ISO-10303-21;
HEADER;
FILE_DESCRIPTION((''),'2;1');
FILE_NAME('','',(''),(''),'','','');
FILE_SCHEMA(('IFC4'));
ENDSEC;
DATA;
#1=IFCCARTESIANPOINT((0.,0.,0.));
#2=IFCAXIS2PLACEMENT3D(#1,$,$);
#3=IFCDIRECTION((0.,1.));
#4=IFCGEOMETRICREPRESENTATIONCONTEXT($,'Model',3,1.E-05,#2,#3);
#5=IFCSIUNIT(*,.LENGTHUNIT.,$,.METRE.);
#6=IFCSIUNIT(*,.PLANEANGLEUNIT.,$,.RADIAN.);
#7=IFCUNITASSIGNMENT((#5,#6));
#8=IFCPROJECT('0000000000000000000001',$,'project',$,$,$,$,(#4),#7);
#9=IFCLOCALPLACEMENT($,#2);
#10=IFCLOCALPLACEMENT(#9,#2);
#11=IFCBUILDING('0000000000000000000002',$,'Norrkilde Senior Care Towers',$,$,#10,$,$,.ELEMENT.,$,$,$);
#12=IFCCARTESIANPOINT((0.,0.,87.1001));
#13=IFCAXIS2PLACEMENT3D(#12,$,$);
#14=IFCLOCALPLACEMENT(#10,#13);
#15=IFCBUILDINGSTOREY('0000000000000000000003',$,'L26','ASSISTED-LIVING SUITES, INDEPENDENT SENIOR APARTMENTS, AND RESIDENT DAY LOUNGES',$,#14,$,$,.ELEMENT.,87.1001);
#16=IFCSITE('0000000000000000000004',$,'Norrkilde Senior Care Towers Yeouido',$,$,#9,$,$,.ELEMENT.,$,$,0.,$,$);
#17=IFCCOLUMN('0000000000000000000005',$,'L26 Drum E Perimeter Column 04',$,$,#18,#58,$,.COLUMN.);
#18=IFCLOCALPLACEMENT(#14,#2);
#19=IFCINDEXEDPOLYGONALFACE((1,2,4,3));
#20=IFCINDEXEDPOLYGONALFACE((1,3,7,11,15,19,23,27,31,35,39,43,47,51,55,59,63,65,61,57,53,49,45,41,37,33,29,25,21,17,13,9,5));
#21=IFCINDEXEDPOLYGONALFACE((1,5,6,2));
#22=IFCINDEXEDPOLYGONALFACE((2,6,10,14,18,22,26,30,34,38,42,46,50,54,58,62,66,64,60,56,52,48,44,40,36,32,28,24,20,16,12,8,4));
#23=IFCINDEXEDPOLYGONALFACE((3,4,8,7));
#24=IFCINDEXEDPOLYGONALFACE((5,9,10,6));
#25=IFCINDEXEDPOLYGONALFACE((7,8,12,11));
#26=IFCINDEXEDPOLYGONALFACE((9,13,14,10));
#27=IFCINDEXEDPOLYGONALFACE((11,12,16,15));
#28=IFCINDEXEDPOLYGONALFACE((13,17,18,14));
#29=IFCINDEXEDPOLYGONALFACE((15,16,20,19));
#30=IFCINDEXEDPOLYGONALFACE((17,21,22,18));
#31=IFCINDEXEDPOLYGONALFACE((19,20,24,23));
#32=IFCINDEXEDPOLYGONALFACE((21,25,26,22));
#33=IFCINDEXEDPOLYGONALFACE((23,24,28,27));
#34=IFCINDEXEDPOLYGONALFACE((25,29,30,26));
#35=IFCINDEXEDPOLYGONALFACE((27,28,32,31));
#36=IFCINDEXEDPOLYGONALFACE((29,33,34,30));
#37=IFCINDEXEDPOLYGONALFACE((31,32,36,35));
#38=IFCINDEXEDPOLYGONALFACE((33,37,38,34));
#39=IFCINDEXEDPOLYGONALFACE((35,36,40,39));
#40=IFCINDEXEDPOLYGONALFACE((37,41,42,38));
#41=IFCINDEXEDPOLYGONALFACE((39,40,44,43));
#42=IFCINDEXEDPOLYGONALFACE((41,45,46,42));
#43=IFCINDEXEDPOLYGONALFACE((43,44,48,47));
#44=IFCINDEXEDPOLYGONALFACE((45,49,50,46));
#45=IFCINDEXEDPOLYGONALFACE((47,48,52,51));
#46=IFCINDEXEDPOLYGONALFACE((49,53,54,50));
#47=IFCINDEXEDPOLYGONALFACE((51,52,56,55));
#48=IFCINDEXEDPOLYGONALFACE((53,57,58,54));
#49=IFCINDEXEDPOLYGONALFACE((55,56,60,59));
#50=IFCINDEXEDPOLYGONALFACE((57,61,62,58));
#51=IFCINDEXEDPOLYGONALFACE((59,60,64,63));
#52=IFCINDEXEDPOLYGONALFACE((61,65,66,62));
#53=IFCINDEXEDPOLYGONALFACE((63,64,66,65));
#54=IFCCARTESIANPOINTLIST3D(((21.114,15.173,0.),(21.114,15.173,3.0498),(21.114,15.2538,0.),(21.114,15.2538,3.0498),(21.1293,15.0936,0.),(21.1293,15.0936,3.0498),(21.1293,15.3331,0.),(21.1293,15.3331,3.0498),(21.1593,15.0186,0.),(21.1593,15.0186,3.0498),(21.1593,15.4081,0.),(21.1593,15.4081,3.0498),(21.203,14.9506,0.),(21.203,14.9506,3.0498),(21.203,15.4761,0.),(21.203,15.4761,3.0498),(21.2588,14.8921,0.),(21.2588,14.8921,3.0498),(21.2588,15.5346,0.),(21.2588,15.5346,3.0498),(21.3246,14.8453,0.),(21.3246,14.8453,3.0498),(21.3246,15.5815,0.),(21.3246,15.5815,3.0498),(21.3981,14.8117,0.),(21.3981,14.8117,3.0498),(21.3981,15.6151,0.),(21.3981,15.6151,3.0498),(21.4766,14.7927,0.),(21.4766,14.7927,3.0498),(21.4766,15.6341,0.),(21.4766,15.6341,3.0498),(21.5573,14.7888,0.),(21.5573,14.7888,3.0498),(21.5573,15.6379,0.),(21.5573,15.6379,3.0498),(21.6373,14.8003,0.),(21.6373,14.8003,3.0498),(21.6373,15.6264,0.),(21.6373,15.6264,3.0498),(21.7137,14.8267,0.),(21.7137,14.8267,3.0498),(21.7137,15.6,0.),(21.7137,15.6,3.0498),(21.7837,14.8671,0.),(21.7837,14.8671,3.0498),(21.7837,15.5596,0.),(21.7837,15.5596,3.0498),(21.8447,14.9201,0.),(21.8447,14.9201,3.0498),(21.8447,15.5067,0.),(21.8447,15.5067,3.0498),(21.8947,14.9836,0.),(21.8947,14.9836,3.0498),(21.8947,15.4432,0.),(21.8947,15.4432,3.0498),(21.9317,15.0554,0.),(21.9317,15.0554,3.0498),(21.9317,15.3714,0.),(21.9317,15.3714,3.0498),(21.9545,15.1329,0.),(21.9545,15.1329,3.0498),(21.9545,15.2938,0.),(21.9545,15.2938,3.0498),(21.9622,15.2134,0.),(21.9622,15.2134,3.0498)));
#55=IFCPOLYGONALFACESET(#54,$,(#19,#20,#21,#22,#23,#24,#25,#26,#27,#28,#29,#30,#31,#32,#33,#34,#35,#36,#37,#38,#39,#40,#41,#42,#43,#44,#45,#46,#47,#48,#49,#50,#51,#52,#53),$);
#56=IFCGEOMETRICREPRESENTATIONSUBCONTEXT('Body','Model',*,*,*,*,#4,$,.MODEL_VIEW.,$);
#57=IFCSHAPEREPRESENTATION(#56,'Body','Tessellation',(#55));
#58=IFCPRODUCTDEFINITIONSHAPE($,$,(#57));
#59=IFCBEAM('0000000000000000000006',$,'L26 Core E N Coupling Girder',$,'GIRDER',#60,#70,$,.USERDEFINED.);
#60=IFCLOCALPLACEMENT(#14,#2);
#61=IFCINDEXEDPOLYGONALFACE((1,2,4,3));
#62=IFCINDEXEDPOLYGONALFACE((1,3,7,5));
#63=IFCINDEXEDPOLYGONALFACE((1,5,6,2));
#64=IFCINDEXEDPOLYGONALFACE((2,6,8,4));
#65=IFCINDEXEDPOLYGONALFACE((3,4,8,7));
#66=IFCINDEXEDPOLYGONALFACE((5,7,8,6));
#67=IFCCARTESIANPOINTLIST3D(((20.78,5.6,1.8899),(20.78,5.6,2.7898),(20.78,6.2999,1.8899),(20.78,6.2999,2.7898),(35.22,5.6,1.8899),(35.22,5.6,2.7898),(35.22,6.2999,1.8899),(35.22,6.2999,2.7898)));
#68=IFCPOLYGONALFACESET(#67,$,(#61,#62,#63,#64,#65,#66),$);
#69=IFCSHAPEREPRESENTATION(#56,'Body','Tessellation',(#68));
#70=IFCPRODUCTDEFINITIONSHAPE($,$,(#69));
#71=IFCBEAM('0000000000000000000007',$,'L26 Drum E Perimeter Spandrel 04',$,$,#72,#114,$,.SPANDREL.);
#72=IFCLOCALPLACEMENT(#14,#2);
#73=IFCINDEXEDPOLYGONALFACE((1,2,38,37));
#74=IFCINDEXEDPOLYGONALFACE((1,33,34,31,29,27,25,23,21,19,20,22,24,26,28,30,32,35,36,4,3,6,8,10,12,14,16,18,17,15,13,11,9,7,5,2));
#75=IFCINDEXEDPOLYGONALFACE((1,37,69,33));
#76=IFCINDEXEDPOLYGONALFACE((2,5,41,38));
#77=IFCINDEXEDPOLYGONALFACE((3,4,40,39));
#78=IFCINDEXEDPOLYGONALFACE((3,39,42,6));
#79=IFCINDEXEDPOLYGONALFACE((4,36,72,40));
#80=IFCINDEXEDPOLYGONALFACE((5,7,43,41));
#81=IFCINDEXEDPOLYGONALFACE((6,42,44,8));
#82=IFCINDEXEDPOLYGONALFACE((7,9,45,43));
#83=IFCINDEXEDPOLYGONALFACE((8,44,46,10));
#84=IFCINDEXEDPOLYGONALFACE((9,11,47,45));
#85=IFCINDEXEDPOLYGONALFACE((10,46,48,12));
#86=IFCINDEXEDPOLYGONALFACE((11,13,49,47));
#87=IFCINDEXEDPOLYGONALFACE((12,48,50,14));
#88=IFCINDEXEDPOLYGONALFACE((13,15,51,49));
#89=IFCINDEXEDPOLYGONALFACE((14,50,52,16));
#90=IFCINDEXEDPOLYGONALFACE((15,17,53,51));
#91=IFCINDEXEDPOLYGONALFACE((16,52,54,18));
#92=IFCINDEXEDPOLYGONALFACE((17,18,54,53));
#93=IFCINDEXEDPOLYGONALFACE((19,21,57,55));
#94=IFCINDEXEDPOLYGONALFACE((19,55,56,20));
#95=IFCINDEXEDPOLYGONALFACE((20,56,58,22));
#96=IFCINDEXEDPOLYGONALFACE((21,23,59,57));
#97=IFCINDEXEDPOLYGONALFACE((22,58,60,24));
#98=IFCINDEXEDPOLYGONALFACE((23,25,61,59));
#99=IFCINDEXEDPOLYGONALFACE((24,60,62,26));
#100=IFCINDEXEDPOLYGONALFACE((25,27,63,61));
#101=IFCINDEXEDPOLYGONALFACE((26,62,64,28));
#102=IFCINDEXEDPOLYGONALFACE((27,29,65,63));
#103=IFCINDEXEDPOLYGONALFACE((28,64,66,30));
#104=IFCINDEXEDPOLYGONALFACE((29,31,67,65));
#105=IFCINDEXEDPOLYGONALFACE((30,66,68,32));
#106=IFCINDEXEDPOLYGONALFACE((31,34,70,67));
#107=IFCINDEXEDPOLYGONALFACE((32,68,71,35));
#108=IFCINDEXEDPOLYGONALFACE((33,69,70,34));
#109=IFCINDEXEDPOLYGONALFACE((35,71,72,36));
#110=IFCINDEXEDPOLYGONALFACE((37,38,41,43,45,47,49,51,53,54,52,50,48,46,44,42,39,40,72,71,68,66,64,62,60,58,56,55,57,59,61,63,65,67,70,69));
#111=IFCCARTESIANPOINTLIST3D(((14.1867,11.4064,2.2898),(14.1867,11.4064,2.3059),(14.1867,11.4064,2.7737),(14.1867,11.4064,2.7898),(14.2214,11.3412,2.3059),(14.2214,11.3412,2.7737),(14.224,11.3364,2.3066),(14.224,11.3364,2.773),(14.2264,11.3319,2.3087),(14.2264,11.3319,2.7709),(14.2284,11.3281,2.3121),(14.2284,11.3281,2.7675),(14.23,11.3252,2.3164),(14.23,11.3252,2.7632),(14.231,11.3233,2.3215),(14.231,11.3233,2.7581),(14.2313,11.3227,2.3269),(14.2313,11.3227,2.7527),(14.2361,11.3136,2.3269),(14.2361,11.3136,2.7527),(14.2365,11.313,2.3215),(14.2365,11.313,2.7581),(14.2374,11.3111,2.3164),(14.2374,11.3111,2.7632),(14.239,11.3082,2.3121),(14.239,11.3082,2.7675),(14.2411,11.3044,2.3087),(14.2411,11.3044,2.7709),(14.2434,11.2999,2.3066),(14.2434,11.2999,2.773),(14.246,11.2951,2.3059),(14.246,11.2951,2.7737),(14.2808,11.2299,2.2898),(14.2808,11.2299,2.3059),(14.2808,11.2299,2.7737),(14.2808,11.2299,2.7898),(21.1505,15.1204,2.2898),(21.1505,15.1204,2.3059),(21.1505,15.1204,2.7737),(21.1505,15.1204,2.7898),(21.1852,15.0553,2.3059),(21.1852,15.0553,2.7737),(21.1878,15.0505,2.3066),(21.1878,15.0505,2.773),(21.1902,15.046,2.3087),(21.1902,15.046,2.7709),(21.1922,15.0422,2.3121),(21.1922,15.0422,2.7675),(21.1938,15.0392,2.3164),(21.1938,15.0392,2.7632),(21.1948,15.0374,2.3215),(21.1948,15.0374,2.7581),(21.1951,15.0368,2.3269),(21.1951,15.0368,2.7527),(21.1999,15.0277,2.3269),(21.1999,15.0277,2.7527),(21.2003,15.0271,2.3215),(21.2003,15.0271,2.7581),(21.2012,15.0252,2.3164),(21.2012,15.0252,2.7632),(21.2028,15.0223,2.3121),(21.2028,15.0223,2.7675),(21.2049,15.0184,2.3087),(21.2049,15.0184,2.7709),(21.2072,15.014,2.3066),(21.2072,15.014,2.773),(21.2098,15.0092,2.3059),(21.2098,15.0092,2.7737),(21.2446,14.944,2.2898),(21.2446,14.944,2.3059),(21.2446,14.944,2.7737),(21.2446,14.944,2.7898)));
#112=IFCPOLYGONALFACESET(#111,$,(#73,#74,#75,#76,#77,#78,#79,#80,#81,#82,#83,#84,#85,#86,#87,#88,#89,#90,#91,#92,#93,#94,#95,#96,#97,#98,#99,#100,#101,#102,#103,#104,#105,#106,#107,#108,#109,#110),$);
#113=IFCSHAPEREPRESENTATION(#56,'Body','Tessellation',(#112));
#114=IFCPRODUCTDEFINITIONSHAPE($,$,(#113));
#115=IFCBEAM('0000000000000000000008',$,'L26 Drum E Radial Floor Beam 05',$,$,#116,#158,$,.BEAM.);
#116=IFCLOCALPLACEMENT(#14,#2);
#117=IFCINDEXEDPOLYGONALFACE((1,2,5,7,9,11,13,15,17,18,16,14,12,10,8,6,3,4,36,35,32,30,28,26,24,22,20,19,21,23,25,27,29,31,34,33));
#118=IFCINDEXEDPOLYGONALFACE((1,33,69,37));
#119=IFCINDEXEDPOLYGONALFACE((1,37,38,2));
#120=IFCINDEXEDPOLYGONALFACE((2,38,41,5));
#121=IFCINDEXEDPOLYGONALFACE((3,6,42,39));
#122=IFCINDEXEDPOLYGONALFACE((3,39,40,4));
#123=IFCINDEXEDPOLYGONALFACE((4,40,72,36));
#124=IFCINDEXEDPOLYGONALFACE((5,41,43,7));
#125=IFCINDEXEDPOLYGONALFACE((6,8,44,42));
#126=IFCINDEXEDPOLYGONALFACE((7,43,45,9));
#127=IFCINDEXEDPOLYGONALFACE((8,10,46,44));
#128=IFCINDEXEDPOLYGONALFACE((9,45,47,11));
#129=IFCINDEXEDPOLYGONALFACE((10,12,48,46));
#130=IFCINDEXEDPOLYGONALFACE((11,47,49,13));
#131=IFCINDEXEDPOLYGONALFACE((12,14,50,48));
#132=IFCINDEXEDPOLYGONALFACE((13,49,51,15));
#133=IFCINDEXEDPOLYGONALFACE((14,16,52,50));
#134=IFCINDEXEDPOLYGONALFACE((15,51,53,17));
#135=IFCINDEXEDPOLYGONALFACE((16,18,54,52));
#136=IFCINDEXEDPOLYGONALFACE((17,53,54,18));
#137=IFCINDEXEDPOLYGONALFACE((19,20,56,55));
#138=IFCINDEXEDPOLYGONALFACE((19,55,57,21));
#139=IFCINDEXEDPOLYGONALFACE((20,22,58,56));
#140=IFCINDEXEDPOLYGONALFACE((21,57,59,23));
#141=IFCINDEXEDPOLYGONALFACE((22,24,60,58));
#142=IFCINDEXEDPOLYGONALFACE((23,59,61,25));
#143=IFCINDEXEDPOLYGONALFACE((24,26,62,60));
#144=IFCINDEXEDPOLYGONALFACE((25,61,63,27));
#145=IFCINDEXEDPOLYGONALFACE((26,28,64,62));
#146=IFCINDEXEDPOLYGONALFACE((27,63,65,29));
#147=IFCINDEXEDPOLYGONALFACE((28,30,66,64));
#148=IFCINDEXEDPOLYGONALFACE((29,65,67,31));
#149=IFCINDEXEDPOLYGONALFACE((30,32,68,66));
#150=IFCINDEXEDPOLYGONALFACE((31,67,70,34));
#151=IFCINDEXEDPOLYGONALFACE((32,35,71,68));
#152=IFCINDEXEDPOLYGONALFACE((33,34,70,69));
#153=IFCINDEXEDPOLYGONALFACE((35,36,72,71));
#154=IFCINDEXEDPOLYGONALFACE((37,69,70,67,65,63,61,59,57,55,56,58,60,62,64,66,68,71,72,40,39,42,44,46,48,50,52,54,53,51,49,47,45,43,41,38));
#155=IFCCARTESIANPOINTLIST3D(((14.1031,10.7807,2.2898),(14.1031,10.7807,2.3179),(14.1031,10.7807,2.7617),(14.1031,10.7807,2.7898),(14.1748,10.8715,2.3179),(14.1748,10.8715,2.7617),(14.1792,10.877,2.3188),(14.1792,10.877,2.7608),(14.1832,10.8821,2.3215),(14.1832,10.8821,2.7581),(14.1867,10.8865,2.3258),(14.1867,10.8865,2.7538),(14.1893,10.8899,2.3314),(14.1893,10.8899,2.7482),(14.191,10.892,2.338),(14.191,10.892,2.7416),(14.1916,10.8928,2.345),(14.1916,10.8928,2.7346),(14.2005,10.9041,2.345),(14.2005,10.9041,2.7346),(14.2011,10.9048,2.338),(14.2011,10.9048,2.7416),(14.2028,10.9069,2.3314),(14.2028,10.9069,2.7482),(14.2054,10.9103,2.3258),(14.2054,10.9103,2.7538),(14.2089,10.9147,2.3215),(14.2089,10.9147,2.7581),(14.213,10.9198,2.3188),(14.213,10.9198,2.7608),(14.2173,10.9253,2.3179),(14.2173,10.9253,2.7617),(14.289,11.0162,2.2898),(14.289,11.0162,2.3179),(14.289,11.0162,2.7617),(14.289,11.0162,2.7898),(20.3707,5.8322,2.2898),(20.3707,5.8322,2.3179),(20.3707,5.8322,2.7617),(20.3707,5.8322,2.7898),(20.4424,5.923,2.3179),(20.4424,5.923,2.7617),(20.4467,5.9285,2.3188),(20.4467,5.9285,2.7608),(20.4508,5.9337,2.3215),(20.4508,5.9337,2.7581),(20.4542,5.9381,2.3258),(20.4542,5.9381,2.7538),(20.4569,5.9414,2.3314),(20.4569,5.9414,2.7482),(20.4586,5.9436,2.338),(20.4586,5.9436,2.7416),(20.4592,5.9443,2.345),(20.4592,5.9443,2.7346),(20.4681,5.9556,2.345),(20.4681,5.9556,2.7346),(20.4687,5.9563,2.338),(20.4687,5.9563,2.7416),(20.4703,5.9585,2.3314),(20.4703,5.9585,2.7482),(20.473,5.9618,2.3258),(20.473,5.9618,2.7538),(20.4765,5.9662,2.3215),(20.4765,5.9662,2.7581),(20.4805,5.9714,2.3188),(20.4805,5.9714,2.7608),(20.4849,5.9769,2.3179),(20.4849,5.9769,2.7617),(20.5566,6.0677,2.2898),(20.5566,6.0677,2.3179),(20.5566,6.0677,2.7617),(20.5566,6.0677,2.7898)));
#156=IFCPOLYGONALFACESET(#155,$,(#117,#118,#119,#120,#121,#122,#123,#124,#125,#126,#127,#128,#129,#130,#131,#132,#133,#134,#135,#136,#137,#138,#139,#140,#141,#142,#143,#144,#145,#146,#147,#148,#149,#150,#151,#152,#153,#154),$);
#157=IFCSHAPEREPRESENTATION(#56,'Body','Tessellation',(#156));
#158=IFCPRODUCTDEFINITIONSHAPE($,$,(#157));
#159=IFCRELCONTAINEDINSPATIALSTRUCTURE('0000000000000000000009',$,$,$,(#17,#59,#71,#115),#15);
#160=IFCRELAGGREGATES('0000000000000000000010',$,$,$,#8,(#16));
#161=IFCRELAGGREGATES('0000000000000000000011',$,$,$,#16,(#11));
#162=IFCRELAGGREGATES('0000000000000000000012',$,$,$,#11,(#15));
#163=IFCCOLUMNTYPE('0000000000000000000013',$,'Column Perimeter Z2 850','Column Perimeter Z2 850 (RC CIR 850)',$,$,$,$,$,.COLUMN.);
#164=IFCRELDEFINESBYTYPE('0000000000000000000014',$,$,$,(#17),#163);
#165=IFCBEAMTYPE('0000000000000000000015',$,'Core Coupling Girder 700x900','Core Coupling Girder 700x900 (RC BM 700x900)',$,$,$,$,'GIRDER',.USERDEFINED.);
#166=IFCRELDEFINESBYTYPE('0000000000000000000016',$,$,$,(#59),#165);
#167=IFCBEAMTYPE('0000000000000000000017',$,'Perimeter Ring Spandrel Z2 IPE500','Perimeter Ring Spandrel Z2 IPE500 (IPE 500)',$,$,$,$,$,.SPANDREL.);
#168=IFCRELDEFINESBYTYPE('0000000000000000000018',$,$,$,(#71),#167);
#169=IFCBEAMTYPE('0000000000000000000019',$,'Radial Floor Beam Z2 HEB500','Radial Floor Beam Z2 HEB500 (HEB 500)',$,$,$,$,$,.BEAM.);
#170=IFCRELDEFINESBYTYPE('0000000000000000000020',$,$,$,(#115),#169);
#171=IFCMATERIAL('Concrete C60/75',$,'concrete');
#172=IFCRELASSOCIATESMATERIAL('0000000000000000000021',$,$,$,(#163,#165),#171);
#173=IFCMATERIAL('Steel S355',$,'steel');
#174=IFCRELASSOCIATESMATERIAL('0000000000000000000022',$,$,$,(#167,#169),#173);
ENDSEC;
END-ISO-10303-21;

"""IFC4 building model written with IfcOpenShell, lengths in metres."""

from ifc_helpers import new_model, si_unit, direction, frame, origin, origin_2d, place, context, subcontext, project, spatial, rectangle, circle, i_section, extrude, source, transform, mapped, material, material_profile, profile_set, type_object, type_shapes, element, save


model = new_model("IFC4")

# Units and contexts
model_context = context("Model", 3, precision=1e-05, world=origin(), true_north=direction((0.0, 1.0)))
body_context = subcontext(model_context, "Body", "Model", "MODEL_VIEW")
ifc_project = project(units=[si_unit("LENGTHUNIT", "METRE"), si_unit("PLANEANGLEUNIT", "RADIAN")], contexts=[model_context])

# Site, building, storey
site_placement = place(None, origin())
site = spatial("IfcSite", under=ifc_project, at=site_placement, Name="Norrkilde Senior Care Towers Yeouido", CompositionType="ELEMENT", RefElevation=0.0)
building_placement = place(site_placement, origin())
building = spatial("IfcBuilding", under=site, at=building_placement, Name="Norrkilde Senior Care Towers", CompositionType="ELEMENT")
storey_placement = place(building_placement, frame((0.0, 0.0, 87.1001)))
storey = spatial("IfcBuildingStorey", under=building, at=storey_placement, Name="L26", Description="ASSISTED-LIVING SUITES, INDEPENDENT SENIOR APARTMENTS, AND RESIDENT DAY LOUNGES", CompositionType="ELEMENT", Elevation=87.1001)

# Column
ifc_material_1 = material(Name="Concrete C60/75", Category="concrete")
ifc_material_profile_1 = material_profile(ifc_material_1, circle(Radius=0.425, at=origin_2d()), Name="RC CIR 850")
ifc_profile_set_1 = profile_set([ifc_material_profile_1], Name="Concrete C60/75")
column_type = type_object("IfcColumnType", Name="Column Perimeter Z2 850", Description="Column Perimeter Z2 850 (RC CIR 850)", PredefinedType="COLUMN", material=ifc_profile_set_1)
shared_shape_1 = source(origin(), body_context, "Body", "SweptSolid", [
    extrude(circle(Radius=0.425, at=origin_2d()), origin(), (0.0, 0.0, 1.0), 3.0498),
])
type_shapes(column_type, [shared_shape_1])
column_placement = place(storey_placement, frame((21.5371, 15.2134, 0.0), z_axis=(0.0, 0.0, 1.0), x_axis=(1.0, 0.0, 0.0)))
element("IfcColumn", 1, at=column_placement, inside=storey, type_object=column_type, Name="L26 Drum E Perimeter Column 04", PredefinedType="COLUMN", context=body_context, shape_type="MappedRepresentation", body=[
    mapped(shared_shape_1, transform((0.0, 0.0, 0.0), x_axis=(1.0, 0.0, 0.0), y_axis=(0.0, 1.0, 0.0), z_axis=(0.0, 0.0, 1.0), scale=1.0)),
])

# Beams
ifc_material_profile_2 = material_profile(ifc_material_1, rectangle(XDim=0.7, YDim=0.8999, at=origin_2d()), Name="RC BM 700x900")
ifc_profile_set_2 = profile_set([ifc_material_profile_2], Name="Concrete C60/75")
beam_type_1 = type_object("IfcBeamType", Name="Core Coupling Girder 700x900", Description="Core Coupling Girder 700x900 (RC BM 700x900)", ElementType="GIRDER", PredefinedType="USERDEFINED", material=ifc_profile_set_2)
shared_shape_2 = source(origin(), body_context, "Body", "SweptSolid", [
    extrude(rectangle(XDim=0.7, YDim=0.8999, at=origin_2d()), origin(), (0.0, 0.0, 1.0), 14.4399),
])
type_shapes(beam_type_1, [shared_shape_2])
beam_1_placement = place(storey_placement, frame((20.78, 5.95, 2.3398), z_axis=(1.0, 0.0, 0.0), x_axis=(0.0, 1.0, 0.0)))
element("IfcBeam", 2, at=beam_1_placement, inside=storey, type_object=beam_type_1, Name="L26 Core E N Coupling Girder", ObjectType="GIRDER", PredefinedType="USERDEFINED", context=body_context, shape_type="MappedRepresentation", body=[
    mapped(shared_shape_2, transform((0.0, 0.0, 0.0), x_axis=(1.0, 0.0, 0.0), y_axis=(0.0, 1.0, 0.0), z_axis=(0.0, 0.0, 1.0), scale=1.0)),
])
ifc_material_2 = material(Name="Steel S355", Category="steel")
ifc_material_profile_3 = material_profile(ifc_material_2, i_section(OverallWidth=0.2, OverallDepth=0.5, WebThickness=0.0103, FlangeThickness=0.0161, FilletRadius=0.021, at=origin_2d()), Name="IPE 500")
ifc_profile_set_3 = profile_set([ifc_material_profile_3], Name="Steel S355")
beam_type_2 = type_object("IfcBeamType", Name="Perimeter Ring Spandrel Z2 IPE500", Description="Perimeter Ring Spandrel Z2 IPE500 (IPE 500)", PredefinedType="SPANDREL", material=ifc_profile_set_3)
shared_shape_3 = source(origin(), body_context, "Body", "SweptSolid", [
    extrude(i_section(OverallWidth=0.2, OverallDepth=0.5, WebThickness=0.0103, FlangeThickness=0.0161, FilletRadius=0.021, at=origin_2d()), origin(), (0.0, 0.0, 1.0), 7.8923),
])
type_shapes(beam_type_2, [shared_shape_3])
beam_2_placement = place(storey_placement, frame((21.1975, 15.0322, 2.5398), z_axis=(-0.88235, -0.470593, 0.0), x_axis=(0.470593, -0.88235, 0.0)))
element("IfcBeam", 3, at=beam_2_placement, inside=storey, type_object=beam_type_2, Name="L26 Drum E Perimeter Spandrel 04", PredefinedType="SPANDREL", context=body_context, shape_type="MappedRepresentation", body=[
    mapped(shared_shape_3, transform((0.0, 0.0, 0.0), x_axis=(1.0, 0.0, 0.0), y_axis=(0.0, 1.0, 0.0), z_axis=(0.0, 0.0, 1.0), scale=1.0)),
])
ifc_material_profile_4 = material_profile(ifc_material_2, i_section(OverallWidth=0.3, OverallDepth=0.5, WebThickness=0.0144, FlangeThickness=0.0281, FilletRadius=0.0271, at=origin_2d()), Name="HEB 500")
ifc_profile_set_4 = profile_set([ifc_material_profile_4], Name="Steel S355")
beam_type_3 = type_object("IfcBeamType", Name="Radial Floor Beam Z2 HEB500", Description="Radial Floor Beam Z2 HEB500 (HEB 500)", PredefinedType="BEAM", material=ifc_profile_set_4)
shared_shape_4 = source(origin(), body_context, "Body", "SweptSolid", [
    extrude(i_section(OverallWidth=0.3, OverallDepth=0.5, WebThickness=0.0144, FlangeThickness=0.0281, FilletRadius=0.0271, at=origin_2d()), origin(), (0.0, 0.0, 1.0), 7.9856),
])
beam_3_placement = place(storey_placement, frame((20.4636, 5.95, 2.5398), z_axis=(-0.784859, 0.619675, 0.0), x_axis=(-0.619675, -0.784859, 0.0)))
element("IfcBeam", 4, at=beam_3_placement, inside=storey, type_object=beam_type_3, Name="L26 Drum E Radial Floor Beam 05", PredefinedType="BEAM", context=body_context, shape_type="MappedRepresentation", body=[
    mapped(shared_shape_4, transform((0.0, 0.0, 0.0), x_axis=(1.0, 0.0, 0.0), y_axis=(0.0, 1.0, 0.0), z_axis=(0.0, 0.0, 1.0), scale=1.0)),
])

save(model, "model.ifc")
